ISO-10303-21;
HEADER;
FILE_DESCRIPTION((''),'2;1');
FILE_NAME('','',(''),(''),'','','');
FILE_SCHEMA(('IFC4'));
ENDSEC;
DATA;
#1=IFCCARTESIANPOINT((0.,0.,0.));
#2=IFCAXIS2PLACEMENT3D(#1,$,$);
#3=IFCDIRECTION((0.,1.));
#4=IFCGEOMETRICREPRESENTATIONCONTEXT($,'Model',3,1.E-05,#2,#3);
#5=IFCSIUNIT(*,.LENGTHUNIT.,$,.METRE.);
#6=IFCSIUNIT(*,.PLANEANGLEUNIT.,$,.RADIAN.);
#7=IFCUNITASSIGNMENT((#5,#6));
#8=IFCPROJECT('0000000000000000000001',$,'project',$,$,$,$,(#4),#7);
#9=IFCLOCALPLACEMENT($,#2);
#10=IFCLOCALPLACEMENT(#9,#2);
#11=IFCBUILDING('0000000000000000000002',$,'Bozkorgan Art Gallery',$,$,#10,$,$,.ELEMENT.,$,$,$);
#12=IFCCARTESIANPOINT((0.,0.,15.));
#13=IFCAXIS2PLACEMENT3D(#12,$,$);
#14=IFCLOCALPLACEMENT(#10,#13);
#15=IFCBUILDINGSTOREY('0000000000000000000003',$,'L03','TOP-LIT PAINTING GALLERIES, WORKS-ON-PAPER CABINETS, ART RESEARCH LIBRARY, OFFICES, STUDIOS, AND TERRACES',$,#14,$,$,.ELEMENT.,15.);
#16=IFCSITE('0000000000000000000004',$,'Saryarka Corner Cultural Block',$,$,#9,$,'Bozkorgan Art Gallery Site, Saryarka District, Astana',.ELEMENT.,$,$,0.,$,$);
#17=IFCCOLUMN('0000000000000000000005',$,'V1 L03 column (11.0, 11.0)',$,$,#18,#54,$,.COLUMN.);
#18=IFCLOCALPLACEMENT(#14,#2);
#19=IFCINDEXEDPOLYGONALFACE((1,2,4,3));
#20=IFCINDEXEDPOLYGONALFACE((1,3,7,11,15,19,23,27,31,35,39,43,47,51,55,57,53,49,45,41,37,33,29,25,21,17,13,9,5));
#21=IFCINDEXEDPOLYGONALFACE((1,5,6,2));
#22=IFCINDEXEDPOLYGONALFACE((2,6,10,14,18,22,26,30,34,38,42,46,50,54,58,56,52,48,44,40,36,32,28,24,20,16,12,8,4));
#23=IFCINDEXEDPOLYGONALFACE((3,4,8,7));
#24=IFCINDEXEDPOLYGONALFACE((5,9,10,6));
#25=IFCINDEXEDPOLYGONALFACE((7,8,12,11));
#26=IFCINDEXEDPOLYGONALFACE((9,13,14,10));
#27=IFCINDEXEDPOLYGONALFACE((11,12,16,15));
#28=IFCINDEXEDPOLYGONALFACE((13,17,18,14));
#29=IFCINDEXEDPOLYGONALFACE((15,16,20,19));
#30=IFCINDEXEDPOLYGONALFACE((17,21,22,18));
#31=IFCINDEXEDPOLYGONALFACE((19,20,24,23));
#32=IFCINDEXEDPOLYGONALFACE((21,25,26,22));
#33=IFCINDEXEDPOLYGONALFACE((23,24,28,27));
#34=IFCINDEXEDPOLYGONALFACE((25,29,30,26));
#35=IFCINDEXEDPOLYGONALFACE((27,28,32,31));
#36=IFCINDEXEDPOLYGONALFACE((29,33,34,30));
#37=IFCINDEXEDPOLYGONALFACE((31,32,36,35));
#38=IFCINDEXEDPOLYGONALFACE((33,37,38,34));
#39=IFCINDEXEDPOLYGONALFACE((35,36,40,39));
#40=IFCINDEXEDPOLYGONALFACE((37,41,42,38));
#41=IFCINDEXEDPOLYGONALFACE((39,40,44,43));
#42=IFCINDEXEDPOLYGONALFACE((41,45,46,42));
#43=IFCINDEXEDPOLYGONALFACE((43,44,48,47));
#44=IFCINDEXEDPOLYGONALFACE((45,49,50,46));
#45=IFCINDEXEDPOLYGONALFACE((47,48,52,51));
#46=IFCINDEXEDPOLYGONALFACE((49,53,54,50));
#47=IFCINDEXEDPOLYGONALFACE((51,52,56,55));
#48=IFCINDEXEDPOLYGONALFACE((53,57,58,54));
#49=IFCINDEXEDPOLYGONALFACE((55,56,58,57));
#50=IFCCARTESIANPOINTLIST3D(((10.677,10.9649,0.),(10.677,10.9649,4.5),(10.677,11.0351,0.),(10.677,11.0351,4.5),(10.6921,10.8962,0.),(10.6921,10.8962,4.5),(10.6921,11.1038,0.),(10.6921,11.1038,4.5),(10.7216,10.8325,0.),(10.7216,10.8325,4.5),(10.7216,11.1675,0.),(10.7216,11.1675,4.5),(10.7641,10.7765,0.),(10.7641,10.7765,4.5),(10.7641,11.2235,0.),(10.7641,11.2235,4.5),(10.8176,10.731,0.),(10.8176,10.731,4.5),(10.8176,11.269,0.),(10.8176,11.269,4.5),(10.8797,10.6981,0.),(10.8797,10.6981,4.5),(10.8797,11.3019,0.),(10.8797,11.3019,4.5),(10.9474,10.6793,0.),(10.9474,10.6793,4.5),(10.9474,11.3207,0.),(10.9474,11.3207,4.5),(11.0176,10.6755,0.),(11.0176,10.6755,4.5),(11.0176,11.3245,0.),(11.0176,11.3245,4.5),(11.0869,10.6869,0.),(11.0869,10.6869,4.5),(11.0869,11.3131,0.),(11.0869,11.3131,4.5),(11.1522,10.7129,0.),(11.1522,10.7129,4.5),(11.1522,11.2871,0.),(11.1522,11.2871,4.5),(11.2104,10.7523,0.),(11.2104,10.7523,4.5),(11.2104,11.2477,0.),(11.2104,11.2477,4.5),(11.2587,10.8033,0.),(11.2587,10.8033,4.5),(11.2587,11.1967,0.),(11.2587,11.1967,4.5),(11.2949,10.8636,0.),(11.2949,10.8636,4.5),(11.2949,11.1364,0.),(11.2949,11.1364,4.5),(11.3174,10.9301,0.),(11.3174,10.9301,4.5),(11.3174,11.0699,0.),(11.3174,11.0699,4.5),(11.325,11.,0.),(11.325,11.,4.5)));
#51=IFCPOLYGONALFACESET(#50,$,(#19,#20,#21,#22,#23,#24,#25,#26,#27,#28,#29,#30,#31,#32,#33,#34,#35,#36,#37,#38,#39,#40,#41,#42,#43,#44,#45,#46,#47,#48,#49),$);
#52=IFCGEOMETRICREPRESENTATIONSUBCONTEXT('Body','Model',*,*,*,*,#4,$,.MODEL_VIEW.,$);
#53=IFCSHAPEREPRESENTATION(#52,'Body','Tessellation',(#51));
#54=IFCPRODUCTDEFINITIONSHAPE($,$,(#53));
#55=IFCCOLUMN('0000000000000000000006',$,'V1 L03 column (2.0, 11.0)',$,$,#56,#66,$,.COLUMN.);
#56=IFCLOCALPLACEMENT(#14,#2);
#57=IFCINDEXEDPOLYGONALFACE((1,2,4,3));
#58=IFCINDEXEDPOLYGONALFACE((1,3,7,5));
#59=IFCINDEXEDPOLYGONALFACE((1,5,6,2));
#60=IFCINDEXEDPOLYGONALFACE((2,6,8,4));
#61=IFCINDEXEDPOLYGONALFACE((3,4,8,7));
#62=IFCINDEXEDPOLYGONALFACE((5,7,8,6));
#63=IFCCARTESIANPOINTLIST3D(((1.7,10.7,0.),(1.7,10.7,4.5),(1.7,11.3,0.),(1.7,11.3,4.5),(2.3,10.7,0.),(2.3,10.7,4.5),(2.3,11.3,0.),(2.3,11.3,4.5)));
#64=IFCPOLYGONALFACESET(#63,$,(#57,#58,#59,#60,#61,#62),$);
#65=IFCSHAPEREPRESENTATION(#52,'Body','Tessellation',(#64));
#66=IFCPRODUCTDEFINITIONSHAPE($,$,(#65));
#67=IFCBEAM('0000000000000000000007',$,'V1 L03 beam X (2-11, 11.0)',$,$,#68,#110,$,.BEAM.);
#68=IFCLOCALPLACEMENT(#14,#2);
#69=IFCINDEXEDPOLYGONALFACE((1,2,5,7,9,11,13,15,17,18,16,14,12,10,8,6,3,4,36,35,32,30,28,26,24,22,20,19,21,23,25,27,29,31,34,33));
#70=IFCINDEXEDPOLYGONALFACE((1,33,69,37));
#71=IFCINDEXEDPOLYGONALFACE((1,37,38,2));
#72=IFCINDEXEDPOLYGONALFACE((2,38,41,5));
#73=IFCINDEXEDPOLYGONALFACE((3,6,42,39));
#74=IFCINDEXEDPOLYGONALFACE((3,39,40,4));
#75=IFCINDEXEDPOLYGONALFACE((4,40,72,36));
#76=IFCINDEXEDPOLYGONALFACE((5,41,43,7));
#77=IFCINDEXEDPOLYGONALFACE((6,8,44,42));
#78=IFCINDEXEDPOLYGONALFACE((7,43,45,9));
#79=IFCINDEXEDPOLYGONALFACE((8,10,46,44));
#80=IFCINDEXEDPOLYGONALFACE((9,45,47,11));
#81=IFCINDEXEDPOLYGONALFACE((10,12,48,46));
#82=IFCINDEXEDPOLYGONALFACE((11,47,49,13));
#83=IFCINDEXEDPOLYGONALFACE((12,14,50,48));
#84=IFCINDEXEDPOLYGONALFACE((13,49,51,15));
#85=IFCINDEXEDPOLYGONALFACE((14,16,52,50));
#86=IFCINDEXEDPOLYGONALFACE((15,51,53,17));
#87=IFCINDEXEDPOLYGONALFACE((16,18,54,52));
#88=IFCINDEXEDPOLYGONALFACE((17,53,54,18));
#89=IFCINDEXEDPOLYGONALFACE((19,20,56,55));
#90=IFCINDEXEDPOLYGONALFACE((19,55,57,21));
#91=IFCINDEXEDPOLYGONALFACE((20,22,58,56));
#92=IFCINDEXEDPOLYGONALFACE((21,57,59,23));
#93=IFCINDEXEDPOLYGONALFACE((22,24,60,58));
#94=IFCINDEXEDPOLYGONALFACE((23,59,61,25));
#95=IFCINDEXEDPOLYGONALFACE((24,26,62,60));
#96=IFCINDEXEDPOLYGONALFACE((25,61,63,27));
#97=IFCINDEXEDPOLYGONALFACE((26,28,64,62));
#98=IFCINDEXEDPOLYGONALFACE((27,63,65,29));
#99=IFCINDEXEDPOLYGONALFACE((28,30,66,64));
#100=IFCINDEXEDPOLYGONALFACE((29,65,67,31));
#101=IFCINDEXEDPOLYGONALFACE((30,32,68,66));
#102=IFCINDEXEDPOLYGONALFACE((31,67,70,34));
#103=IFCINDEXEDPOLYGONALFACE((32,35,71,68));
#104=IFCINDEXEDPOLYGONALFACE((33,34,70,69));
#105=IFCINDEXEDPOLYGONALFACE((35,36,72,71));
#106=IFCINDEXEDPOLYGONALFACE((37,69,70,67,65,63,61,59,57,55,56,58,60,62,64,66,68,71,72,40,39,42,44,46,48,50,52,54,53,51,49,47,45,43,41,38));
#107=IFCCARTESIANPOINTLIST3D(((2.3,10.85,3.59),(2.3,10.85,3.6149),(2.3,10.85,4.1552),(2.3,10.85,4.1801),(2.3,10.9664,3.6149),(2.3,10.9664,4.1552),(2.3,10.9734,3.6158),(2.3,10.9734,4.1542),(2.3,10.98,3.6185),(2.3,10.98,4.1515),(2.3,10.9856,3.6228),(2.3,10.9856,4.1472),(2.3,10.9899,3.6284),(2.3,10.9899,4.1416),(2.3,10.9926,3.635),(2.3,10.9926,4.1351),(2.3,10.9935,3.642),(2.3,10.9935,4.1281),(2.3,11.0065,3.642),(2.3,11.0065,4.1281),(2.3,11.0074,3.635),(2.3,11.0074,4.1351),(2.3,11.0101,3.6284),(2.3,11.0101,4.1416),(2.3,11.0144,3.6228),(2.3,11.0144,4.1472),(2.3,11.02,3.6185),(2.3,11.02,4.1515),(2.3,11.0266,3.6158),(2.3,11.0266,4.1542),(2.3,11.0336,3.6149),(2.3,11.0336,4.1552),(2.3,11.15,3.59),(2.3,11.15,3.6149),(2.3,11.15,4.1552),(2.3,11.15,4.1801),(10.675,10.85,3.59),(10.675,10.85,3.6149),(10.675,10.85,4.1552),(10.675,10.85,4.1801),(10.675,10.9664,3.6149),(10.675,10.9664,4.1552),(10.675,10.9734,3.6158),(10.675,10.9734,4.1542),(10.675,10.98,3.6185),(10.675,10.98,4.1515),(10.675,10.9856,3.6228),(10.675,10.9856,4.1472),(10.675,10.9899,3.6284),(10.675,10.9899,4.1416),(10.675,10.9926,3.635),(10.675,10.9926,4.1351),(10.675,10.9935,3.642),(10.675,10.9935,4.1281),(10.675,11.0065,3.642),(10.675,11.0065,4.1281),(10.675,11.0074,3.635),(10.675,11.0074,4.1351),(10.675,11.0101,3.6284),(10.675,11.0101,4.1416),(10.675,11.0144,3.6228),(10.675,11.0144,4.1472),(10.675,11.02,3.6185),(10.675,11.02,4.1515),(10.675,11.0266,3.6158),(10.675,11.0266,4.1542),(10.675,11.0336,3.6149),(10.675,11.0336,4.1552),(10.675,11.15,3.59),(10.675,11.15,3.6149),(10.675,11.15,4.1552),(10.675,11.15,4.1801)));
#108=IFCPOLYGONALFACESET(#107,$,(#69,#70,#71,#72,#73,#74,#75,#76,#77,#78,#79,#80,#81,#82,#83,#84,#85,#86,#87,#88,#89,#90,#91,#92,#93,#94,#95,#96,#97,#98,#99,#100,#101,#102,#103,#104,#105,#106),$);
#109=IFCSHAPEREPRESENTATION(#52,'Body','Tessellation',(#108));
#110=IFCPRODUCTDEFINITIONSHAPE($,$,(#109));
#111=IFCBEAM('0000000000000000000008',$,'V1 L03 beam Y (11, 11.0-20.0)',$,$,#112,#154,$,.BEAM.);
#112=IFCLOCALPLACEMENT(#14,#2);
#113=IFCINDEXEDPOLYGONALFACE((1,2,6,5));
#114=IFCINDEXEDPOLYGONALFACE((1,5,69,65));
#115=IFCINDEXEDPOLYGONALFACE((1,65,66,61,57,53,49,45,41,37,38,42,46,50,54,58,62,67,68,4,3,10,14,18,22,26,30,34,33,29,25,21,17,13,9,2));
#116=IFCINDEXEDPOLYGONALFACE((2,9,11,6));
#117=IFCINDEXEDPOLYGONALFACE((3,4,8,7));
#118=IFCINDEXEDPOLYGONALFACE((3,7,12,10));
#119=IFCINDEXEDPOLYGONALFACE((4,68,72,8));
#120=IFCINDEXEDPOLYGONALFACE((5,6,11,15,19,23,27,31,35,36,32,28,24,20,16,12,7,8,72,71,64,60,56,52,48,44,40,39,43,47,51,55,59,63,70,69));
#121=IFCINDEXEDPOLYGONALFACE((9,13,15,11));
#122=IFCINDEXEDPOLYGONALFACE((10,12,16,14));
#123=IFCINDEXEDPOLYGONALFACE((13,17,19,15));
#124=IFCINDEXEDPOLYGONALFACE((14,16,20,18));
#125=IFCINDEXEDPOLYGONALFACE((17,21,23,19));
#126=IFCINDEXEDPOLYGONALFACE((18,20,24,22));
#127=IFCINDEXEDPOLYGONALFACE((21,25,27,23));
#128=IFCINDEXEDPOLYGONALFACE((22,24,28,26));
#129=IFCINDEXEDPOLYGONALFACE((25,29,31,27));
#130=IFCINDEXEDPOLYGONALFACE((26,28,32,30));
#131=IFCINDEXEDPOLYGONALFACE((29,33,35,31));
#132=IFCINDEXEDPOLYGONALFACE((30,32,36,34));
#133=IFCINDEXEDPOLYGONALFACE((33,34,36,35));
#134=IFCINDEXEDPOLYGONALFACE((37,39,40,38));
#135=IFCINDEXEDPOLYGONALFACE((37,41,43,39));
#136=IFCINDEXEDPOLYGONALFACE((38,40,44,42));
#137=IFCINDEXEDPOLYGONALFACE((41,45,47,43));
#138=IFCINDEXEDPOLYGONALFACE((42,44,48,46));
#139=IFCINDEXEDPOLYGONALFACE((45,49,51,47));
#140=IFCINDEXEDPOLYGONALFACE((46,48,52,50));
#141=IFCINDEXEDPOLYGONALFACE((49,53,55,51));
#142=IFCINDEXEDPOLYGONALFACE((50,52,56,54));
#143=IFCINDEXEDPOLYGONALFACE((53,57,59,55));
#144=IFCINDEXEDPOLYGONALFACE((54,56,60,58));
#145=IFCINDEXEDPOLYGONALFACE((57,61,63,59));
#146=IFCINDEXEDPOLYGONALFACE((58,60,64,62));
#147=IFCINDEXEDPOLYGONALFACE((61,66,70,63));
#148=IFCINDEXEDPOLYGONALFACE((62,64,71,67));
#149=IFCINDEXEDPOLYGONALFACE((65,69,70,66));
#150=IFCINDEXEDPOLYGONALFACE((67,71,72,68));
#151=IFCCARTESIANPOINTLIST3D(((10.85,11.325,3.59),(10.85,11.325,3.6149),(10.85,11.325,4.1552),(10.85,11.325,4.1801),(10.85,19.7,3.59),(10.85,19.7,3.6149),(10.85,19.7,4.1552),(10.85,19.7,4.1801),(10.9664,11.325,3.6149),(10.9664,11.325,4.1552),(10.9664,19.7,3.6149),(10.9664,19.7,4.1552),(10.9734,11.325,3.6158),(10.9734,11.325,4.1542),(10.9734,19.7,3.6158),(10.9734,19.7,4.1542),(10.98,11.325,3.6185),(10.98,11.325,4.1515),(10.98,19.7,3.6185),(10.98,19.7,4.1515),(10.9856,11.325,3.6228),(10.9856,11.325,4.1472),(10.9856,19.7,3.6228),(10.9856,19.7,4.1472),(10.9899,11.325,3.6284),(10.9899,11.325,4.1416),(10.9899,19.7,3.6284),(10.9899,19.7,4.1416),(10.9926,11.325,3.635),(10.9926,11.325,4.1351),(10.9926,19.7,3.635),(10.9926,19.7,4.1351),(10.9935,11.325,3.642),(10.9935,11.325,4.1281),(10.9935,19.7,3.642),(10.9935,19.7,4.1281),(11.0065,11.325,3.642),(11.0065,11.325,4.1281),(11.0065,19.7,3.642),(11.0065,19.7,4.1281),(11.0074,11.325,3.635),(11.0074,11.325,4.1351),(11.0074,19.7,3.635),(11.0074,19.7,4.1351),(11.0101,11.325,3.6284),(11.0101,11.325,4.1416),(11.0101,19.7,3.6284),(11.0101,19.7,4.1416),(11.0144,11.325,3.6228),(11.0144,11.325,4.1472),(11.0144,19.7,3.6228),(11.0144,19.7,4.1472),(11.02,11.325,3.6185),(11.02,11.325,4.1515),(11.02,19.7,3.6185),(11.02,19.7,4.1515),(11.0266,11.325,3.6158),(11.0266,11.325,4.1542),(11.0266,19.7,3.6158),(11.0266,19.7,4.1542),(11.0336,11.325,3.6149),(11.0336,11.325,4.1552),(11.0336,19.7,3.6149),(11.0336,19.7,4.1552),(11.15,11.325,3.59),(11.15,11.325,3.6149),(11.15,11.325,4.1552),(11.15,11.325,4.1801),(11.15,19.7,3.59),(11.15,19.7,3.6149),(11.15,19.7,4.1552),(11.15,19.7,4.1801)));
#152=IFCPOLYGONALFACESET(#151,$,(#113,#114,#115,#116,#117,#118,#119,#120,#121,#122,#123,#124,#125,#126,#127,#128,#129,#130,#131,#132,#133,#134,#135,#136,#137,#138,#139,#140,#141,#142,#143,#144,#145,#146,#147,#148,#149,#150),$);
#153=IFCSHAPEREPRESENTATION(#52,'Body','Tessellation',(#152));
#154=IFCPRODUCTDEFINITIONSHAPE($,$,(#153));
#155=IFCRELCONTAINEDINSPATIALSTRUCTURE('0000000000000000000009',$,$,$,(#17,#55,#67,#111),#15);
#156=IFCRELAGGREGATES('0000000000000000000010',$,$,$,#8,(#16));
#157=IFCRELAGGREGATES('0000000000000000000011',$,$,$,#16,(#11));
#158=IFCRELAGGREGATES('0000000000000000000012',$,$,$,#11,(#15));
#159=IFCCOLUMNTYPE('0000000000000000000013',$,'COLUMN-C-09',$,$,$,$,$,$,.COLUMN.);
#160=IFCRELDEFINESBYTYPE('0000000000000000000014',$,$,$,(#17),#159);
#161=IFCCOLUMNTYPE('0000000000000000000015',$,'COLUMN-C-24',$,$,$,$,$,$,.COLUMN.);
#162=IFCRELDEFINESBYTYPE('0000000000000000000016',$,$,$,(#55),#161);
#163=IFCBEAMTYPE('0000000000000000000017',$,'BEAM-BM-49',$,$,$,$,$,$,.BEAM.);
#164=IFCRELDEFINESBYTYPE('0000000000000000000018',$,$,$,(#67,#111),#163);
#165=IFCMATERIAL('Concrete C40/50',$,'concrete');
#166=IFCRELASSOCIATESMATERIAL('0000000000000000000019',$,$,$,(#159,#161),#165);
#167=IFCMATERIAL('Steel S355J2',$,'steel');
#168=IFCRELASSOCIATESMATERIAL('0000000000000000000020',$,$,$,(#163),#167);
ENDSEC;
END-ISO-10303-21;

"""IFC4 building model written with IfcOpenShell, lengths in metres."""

from ifc_helpers import new_model, si_unit, direction, frame, origin, origin_2d, place, context, subcontext, project, spatial, rectangle, circle, i_section, extrude, material, material_profile, profile_set, type_object, element, save


model = new_model("IFC4")

# Units and contexts
model_context = context("Model", 3, precision=1e-05, world=origin(), true_north=direction((0.0, 1.0)))
body_context = subcontext(model_context, "Body", "Model", "MODEL_VIEW")
ifc_project = project(units=[si_unit("LENGTHUNIT", "METRE"), si_unit("PLANEANGLEUNIT", "RADIAN")], contexts=[model_context])

# Site, building, storey
site_placement = place(None, origin())
site = spatial("IfcSite", under=ifc_project, at=site_placement, Name="Saryarka Corner Cultural Block", LongName="Bozkorgan Art Gallery Site, Saryarka District, Astana", CompositionType="ELEMENT", RefElevation=0.0)
building_placement = place(site_placement, origin())
building = spatial("IfcBuilding", under=site, at=building_placement, Name="Bozkorgan Art Gallery", CompositionType="ELEMENT")
storey_placement = place(building_placement, frame((0.0, 0.0, 15.0)))
storey = spatial("IfcBuildingStorey", under=building, at=storey_placement, Name="L03", Description="TOP-LIT PAINTING GALLERIES, WORKS-ON-PAPER CABINETS, ART RESEARCH LIBRARY, OFFICES, STUDIOS, AND TERRACES", CompositionType="ELEMENT", Elevation=15.0)

# Columns
ifc_material_1 = material(Name="Concrete C40/50", Category="concrete")
ifc_material_profile_1 = material_profile(ifc_material_1, circle(Radius=0.325, at=origin_2d()), Name="RC D650")
ifc_profile_set_1 = profile_set([ifc_material_profile_1], Name="Concrete C40/50")
column_type_1 = type_object("IfcColumnType", Name="COLUMN-C-09", PredefinedType="COLUMN", material=ifc_profile_set_1)
column_1_placement = place(storey_placement, frame((11.0, 11.0, 0.0), z_axis=(0.0, 0.0, 1.0), x_axis=(1.0, 0.0, 0.0)))
element("IfcColumn", 1, at=column_1_placement, inside=storey, type_object=column_type_1, Name="V1 L03 column (11.0, 11.0)", PredefinedType="COLUMN", context=body_context, shape_type="SweptSolid", body=[
    extrude(circle(Radius=0.325, at=origin_2d()), origin(), (0.0, 0.0, 1.0), 4.5),
])
ifc_material_profile_2 = material_profile(ifc_material_1, rectangle(XDim=0.6001, YDim=0.6001, at=origin_2d()), Name="RC 600x600")
ifc_profile_set_2 = profile_set([ifc_material_profile_2], Name="Concrete C40/50")
column_type_2 = type_object("IfcColumnType", Name="COLUMN-C-24", PredefinedType="COLUMN", material=ifc_profile_set_2)
column_2_placement = place(storey_placement, frame((2.0, 11.0, 0.0), z_axis=(0.0, 0.0, 1.0), x_axis=(1.0, 0.0, 0.0)))
element("IfcColumn", 2, at=column_2_placement, inside=storey, type_object=column_type_2, Name="V1 L03 column (2.0, 11.0)", PredefinedType="COLUMN", context=body_context, shape_type="SweptSolid", body=[
    extrude(rectangle(XDim=0.6001, YDim=0.6001, at=origin_2d()), origin(), (0.0, 0.0, 1.0), 4.5),
])

# Beams
ifc_material_2 = material(Name="Steel S355J2", Category="steel")
ifc_material_profile_3 = material_profile(ifc_material_2, i_section(OverallWidth=0.3, OverallDepth=0.5901, WebThickness=0.0129, FlangeThickness=0.0249, FilletRadius=0.0271, at=origin_2d()), Name="HEA 600")
ifc_profile_set_3 = profile_set([ifc_material_profile_3], Name="Steel S355J2")
beam_type_1 = type_object("IfcBeamType", Name="BEAM-BM-49", PredefinedType="BEAM", material=ifc_profile_set_3)
for number, where, z_axis, x_axis, name in (
    (3, (2.3, 11.0, 3.885), (1.0, 0.0, 0.0), (0.0, 1.0, 0.0), "V1 L03 beam X (2-11, 11.0)"),
    (4, (11.0, 11.325, 3.885), (0.0, 1.0, 0.0), (-1.0, 0.0, 0.0), "V1 L03 beam Y (11, 11.0-20.0)"),
):
    element("IfcBeam", number, at=place(storey_placement, frame(where, z_axis=z_axis, x_axis=x_axis)), inside=storey, type_object=beam_type_1, Name=name, PredefinedType="BEAM", context=body_context, shape_type="SweptSolid", body=[
        extrude(i_section(OverallWidth=0.3, OverallDepth=0.5901, WebThickness=0.0129, FlangeThickness=0.0249, FilletRadius=0.0271, at=origin_2d()), origin(), (0.0, 0.0, 1.0), 8.375),
    ])

save(model, "model.ifc")
